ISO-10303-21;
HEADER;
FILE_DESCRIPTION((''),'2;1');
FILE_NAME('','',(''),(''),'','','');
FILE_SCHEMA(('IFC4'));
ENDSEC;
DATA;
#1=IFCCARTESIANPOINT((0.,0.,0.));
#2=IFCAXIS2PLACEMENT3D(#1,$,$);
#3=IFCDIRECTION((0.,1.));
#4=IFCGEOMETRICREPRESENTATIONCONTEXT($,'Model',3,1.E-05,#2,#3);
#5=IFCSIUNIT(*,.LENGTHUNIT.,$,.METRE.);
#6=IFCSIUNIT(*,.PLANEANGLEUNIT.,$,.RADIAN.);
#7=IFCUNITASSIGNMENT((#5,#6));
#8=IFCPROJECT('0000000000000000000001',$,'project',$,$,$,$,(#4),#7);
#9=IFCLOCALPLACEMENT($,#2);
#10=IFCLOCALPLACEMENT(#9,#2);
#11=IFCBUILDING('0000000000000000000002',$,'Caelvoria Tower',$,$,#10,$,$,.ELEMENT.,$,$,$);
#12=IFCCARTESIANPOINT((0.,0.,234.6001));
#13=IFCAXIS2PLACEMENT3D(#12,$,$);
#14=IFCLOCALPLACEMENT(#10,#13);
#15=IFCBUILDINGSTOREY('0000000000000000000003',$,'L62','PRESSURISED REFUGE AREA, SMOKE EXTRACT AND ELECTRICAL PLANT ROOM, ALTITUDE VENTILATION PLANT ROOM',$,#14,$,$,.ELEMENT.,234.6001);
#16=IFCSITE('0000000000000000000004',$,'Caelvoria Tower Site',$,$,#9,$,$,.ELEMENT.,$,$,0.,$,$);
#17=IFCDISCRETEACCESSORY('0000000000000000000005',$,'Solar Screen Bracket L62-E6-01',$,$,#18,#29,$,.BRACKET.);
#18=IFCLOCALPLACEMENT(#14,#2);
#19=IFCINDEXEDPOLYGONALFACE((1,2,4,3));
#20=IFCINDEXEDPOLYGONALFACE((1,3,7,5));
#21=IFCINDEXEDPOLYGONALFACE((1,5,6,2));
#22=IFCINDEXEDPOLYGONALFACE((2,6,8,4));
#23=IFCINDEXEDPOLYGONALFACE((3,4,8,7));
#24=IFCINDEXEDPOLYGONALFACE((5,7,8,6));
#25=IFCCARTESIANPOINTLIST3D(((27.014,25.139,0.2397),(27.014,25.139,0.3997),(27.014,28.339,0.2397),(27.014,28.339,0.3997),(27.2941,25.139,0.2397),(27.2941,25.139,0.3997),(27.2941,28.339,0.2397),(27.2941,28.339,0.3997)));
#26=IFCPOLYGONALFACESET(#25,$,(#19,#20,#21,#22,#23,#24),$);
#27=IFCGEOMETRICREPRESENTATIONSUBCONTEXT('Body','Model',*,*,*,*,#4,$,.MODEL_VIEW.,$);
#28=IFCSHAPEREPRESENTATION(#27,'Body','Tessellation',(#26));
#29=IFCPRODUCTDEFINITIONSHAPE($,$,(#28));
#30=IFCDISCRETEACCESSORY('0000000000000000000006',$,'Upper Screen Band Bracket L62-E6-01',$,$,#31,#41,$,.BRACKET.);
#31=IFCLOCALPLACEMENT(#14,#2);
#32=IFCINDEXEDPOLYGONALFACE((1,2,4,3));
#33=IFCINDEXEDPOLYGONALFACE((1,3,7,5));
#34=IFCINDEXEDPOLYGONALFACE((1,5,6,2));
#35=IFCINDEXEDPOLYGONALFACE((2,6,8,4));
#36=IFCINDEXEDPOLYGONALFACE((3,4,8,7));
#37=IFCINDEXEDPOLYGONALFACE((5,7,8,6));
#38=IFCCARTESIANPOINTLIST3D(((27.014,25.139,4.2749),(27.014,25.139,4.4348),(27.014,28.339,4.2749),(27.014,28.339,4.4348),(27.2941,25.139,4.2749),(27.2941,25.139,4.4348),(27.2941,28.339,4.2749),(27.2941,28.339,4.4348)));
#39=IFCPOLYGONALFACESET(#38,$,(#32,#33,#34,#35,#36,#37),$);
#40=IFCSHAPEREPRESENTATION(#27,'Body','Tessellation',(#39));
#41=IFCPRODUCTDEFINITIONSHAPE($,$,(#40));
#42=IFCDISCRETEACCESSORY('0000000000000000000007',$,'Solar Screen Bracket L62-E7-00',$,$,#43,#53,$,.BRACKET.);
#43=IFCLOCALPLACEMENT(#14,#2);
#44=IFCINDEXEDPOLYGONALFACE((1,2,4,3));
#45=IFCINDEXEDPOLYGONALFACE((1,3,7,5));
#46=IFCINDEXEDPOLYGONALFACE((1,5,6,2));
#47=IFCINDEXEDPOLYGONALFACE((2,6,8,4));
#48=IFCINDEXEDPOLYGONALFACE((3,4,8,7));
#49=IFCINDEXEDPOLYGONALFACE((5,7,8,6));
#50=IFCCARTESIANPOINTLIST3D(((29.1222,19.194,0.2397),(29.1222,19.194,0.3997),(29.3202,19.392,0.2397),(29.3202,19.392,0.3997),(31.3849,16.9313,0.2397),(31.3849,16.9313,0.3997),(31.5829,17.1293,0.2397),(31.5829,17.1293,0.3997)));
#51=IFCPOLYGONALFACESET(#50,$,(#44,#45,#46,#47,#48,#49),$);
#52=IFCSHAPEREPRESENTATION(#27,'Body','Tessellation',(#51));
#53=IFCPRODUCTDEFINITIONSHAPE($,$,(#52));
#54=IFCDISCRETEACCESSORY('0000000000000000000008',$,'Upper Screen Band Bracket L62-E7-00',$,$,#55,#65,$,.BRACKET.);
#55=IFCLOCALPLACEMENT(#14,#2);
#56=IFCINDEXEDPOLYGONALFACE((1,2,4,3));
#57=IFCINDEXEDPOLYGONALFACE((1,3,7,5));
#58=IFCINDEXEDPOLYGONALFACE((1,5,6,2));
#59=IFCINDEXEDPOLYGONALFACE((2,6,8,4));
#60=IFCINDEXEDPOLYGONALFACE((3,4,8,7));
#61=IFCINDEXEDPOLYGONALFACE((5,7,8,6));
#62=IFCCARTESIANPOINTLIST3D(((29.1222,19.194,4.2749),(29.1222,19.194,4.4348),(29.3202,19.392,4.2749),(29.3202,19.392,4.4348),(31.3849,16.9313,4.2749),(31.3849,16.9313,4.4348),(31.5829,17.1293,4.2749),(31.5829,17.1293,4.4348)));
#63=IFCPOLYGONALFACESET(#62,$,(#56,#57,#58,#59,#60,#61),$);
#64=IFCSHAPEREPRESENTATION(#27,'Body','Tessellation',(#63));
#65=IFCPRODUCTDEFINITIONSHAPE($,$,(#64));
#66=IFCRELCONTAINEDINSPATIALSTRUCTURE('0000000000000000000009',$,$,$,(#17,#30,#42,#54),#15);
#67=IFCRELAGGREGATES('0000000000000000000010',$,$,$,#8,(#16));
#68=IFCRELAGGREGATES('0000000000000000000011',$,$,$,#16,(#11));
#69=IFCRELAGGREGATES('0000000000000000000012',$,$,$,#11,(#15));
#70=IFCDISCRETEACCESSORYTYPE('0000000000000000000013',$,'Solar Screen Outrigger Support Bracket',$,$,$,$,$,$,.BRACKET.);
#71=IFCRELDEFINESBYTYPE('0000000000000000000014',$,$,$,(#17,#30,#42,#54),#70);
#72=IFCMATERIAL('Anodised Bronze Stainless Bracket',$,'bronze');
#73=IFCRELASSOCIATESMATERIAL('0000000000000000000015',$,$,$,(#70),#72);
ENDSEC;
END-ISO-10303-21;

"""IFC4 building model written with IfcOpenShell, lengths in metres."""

from ifc_helpers import new_model, si_unit, direction, frame, origin, origin_2d, place, context, subcontext, project, spatial, rectangle, extrude, material, type_object, element, save


model = new_model("IFC4")

# Units and contexts
model_context = context("Model", 3, precision=1e-05, world=origin(), true_north=direction((0.0, 1.0)))
body_context = subcontext(model_context, "Body", "Model", "MODEL_VIEW")
ifc_project = project(units=[si_unit("LENGTHUNIT", "METRE"), si_unit("PLANEANGLEUNIT", "RADIAN")], contexts=[model_context])

# Site, building, storey
site_placement = place(None, origin())
site = spatial("IfcSite", under=ifc_project, at=site_placement, Name="Caelvoria Tower Site", CompositionType="ELEMENT", RefElevation=0.0)
building_placement = place(site_placement, origin())
building = spatial("IfcBuilding", under=site, at=building_placement, Name="Caelvoria Tower", CompositionType="ELEMENT")
storey_placement = place(building_placement, frame((0.0, 0.0, 234.6001)))
storey = spatial("IfcBuildingStorey", under=building, at=storey_placement, Name="L62", Description="PRESSURISED REFUGE AREA, SMOKE EXTRACT AND ELECTRICAL PLANT ROOM, ALTITUDE VENTILATION PLANT ROOM", CompositionType="ELEMENT", Elevation=234.6001)

# Discrete accessories
ifc_material_1 = material(Name="Anodised Bronze Stainless Bracket", Category="bronze")
discrete_accessory_type = type_object("IfcDiscreteAccessoryType", Name="Solar Screen Outrigger Support Bracket", PredefinedType="BRACKET", material=ifc_material_1)
for number, where, z_axis, x_axis, name in (
    (1, (27.1541, 26.739, 0.2397), (0.0, 0.0, 1.0), (0.0, -1.0, 0.0), "Solar Screen Bracket L62-E6-01"),
    (2, (27.1541, 26.739, 4.2749), (0.0, 0.0, 1.0), (0.0, -1.0, 0.0), "Upper Screen Band Bracket L62-E6-01"),
    (3, (30.3525, 18.1616, 0.2397), (0.0, 0.0, 1.0), (0.707107, -0.707107, 0.0), "Solar Screen Bracket L62-E7-00"),
    (4, (30.3525, 18.1616, 4.2749), (0.0, 0.0, 1.0), (0.707107, -0.707107, 0.0), "Upper Screen Band Bracket L62-E7-00"),
):
    element("IfcDiscreteAccessory", number, at=place(storey_placement, frame(where, z_axis=z_axis, x_axis=x_axis)), inside=storey, type_object=discrete_accessory_type, Name=name, PredefinedType="BRACKET", context=body_context, shape_type="SweptSolid", body=[
        extrude(rectangle(XDim=3.2, YDim=0.28, at=origin_2d()), origin(), (0.0, 0.0, 1.0), 0.1599),
    ])

save(model, "model.ifc")
